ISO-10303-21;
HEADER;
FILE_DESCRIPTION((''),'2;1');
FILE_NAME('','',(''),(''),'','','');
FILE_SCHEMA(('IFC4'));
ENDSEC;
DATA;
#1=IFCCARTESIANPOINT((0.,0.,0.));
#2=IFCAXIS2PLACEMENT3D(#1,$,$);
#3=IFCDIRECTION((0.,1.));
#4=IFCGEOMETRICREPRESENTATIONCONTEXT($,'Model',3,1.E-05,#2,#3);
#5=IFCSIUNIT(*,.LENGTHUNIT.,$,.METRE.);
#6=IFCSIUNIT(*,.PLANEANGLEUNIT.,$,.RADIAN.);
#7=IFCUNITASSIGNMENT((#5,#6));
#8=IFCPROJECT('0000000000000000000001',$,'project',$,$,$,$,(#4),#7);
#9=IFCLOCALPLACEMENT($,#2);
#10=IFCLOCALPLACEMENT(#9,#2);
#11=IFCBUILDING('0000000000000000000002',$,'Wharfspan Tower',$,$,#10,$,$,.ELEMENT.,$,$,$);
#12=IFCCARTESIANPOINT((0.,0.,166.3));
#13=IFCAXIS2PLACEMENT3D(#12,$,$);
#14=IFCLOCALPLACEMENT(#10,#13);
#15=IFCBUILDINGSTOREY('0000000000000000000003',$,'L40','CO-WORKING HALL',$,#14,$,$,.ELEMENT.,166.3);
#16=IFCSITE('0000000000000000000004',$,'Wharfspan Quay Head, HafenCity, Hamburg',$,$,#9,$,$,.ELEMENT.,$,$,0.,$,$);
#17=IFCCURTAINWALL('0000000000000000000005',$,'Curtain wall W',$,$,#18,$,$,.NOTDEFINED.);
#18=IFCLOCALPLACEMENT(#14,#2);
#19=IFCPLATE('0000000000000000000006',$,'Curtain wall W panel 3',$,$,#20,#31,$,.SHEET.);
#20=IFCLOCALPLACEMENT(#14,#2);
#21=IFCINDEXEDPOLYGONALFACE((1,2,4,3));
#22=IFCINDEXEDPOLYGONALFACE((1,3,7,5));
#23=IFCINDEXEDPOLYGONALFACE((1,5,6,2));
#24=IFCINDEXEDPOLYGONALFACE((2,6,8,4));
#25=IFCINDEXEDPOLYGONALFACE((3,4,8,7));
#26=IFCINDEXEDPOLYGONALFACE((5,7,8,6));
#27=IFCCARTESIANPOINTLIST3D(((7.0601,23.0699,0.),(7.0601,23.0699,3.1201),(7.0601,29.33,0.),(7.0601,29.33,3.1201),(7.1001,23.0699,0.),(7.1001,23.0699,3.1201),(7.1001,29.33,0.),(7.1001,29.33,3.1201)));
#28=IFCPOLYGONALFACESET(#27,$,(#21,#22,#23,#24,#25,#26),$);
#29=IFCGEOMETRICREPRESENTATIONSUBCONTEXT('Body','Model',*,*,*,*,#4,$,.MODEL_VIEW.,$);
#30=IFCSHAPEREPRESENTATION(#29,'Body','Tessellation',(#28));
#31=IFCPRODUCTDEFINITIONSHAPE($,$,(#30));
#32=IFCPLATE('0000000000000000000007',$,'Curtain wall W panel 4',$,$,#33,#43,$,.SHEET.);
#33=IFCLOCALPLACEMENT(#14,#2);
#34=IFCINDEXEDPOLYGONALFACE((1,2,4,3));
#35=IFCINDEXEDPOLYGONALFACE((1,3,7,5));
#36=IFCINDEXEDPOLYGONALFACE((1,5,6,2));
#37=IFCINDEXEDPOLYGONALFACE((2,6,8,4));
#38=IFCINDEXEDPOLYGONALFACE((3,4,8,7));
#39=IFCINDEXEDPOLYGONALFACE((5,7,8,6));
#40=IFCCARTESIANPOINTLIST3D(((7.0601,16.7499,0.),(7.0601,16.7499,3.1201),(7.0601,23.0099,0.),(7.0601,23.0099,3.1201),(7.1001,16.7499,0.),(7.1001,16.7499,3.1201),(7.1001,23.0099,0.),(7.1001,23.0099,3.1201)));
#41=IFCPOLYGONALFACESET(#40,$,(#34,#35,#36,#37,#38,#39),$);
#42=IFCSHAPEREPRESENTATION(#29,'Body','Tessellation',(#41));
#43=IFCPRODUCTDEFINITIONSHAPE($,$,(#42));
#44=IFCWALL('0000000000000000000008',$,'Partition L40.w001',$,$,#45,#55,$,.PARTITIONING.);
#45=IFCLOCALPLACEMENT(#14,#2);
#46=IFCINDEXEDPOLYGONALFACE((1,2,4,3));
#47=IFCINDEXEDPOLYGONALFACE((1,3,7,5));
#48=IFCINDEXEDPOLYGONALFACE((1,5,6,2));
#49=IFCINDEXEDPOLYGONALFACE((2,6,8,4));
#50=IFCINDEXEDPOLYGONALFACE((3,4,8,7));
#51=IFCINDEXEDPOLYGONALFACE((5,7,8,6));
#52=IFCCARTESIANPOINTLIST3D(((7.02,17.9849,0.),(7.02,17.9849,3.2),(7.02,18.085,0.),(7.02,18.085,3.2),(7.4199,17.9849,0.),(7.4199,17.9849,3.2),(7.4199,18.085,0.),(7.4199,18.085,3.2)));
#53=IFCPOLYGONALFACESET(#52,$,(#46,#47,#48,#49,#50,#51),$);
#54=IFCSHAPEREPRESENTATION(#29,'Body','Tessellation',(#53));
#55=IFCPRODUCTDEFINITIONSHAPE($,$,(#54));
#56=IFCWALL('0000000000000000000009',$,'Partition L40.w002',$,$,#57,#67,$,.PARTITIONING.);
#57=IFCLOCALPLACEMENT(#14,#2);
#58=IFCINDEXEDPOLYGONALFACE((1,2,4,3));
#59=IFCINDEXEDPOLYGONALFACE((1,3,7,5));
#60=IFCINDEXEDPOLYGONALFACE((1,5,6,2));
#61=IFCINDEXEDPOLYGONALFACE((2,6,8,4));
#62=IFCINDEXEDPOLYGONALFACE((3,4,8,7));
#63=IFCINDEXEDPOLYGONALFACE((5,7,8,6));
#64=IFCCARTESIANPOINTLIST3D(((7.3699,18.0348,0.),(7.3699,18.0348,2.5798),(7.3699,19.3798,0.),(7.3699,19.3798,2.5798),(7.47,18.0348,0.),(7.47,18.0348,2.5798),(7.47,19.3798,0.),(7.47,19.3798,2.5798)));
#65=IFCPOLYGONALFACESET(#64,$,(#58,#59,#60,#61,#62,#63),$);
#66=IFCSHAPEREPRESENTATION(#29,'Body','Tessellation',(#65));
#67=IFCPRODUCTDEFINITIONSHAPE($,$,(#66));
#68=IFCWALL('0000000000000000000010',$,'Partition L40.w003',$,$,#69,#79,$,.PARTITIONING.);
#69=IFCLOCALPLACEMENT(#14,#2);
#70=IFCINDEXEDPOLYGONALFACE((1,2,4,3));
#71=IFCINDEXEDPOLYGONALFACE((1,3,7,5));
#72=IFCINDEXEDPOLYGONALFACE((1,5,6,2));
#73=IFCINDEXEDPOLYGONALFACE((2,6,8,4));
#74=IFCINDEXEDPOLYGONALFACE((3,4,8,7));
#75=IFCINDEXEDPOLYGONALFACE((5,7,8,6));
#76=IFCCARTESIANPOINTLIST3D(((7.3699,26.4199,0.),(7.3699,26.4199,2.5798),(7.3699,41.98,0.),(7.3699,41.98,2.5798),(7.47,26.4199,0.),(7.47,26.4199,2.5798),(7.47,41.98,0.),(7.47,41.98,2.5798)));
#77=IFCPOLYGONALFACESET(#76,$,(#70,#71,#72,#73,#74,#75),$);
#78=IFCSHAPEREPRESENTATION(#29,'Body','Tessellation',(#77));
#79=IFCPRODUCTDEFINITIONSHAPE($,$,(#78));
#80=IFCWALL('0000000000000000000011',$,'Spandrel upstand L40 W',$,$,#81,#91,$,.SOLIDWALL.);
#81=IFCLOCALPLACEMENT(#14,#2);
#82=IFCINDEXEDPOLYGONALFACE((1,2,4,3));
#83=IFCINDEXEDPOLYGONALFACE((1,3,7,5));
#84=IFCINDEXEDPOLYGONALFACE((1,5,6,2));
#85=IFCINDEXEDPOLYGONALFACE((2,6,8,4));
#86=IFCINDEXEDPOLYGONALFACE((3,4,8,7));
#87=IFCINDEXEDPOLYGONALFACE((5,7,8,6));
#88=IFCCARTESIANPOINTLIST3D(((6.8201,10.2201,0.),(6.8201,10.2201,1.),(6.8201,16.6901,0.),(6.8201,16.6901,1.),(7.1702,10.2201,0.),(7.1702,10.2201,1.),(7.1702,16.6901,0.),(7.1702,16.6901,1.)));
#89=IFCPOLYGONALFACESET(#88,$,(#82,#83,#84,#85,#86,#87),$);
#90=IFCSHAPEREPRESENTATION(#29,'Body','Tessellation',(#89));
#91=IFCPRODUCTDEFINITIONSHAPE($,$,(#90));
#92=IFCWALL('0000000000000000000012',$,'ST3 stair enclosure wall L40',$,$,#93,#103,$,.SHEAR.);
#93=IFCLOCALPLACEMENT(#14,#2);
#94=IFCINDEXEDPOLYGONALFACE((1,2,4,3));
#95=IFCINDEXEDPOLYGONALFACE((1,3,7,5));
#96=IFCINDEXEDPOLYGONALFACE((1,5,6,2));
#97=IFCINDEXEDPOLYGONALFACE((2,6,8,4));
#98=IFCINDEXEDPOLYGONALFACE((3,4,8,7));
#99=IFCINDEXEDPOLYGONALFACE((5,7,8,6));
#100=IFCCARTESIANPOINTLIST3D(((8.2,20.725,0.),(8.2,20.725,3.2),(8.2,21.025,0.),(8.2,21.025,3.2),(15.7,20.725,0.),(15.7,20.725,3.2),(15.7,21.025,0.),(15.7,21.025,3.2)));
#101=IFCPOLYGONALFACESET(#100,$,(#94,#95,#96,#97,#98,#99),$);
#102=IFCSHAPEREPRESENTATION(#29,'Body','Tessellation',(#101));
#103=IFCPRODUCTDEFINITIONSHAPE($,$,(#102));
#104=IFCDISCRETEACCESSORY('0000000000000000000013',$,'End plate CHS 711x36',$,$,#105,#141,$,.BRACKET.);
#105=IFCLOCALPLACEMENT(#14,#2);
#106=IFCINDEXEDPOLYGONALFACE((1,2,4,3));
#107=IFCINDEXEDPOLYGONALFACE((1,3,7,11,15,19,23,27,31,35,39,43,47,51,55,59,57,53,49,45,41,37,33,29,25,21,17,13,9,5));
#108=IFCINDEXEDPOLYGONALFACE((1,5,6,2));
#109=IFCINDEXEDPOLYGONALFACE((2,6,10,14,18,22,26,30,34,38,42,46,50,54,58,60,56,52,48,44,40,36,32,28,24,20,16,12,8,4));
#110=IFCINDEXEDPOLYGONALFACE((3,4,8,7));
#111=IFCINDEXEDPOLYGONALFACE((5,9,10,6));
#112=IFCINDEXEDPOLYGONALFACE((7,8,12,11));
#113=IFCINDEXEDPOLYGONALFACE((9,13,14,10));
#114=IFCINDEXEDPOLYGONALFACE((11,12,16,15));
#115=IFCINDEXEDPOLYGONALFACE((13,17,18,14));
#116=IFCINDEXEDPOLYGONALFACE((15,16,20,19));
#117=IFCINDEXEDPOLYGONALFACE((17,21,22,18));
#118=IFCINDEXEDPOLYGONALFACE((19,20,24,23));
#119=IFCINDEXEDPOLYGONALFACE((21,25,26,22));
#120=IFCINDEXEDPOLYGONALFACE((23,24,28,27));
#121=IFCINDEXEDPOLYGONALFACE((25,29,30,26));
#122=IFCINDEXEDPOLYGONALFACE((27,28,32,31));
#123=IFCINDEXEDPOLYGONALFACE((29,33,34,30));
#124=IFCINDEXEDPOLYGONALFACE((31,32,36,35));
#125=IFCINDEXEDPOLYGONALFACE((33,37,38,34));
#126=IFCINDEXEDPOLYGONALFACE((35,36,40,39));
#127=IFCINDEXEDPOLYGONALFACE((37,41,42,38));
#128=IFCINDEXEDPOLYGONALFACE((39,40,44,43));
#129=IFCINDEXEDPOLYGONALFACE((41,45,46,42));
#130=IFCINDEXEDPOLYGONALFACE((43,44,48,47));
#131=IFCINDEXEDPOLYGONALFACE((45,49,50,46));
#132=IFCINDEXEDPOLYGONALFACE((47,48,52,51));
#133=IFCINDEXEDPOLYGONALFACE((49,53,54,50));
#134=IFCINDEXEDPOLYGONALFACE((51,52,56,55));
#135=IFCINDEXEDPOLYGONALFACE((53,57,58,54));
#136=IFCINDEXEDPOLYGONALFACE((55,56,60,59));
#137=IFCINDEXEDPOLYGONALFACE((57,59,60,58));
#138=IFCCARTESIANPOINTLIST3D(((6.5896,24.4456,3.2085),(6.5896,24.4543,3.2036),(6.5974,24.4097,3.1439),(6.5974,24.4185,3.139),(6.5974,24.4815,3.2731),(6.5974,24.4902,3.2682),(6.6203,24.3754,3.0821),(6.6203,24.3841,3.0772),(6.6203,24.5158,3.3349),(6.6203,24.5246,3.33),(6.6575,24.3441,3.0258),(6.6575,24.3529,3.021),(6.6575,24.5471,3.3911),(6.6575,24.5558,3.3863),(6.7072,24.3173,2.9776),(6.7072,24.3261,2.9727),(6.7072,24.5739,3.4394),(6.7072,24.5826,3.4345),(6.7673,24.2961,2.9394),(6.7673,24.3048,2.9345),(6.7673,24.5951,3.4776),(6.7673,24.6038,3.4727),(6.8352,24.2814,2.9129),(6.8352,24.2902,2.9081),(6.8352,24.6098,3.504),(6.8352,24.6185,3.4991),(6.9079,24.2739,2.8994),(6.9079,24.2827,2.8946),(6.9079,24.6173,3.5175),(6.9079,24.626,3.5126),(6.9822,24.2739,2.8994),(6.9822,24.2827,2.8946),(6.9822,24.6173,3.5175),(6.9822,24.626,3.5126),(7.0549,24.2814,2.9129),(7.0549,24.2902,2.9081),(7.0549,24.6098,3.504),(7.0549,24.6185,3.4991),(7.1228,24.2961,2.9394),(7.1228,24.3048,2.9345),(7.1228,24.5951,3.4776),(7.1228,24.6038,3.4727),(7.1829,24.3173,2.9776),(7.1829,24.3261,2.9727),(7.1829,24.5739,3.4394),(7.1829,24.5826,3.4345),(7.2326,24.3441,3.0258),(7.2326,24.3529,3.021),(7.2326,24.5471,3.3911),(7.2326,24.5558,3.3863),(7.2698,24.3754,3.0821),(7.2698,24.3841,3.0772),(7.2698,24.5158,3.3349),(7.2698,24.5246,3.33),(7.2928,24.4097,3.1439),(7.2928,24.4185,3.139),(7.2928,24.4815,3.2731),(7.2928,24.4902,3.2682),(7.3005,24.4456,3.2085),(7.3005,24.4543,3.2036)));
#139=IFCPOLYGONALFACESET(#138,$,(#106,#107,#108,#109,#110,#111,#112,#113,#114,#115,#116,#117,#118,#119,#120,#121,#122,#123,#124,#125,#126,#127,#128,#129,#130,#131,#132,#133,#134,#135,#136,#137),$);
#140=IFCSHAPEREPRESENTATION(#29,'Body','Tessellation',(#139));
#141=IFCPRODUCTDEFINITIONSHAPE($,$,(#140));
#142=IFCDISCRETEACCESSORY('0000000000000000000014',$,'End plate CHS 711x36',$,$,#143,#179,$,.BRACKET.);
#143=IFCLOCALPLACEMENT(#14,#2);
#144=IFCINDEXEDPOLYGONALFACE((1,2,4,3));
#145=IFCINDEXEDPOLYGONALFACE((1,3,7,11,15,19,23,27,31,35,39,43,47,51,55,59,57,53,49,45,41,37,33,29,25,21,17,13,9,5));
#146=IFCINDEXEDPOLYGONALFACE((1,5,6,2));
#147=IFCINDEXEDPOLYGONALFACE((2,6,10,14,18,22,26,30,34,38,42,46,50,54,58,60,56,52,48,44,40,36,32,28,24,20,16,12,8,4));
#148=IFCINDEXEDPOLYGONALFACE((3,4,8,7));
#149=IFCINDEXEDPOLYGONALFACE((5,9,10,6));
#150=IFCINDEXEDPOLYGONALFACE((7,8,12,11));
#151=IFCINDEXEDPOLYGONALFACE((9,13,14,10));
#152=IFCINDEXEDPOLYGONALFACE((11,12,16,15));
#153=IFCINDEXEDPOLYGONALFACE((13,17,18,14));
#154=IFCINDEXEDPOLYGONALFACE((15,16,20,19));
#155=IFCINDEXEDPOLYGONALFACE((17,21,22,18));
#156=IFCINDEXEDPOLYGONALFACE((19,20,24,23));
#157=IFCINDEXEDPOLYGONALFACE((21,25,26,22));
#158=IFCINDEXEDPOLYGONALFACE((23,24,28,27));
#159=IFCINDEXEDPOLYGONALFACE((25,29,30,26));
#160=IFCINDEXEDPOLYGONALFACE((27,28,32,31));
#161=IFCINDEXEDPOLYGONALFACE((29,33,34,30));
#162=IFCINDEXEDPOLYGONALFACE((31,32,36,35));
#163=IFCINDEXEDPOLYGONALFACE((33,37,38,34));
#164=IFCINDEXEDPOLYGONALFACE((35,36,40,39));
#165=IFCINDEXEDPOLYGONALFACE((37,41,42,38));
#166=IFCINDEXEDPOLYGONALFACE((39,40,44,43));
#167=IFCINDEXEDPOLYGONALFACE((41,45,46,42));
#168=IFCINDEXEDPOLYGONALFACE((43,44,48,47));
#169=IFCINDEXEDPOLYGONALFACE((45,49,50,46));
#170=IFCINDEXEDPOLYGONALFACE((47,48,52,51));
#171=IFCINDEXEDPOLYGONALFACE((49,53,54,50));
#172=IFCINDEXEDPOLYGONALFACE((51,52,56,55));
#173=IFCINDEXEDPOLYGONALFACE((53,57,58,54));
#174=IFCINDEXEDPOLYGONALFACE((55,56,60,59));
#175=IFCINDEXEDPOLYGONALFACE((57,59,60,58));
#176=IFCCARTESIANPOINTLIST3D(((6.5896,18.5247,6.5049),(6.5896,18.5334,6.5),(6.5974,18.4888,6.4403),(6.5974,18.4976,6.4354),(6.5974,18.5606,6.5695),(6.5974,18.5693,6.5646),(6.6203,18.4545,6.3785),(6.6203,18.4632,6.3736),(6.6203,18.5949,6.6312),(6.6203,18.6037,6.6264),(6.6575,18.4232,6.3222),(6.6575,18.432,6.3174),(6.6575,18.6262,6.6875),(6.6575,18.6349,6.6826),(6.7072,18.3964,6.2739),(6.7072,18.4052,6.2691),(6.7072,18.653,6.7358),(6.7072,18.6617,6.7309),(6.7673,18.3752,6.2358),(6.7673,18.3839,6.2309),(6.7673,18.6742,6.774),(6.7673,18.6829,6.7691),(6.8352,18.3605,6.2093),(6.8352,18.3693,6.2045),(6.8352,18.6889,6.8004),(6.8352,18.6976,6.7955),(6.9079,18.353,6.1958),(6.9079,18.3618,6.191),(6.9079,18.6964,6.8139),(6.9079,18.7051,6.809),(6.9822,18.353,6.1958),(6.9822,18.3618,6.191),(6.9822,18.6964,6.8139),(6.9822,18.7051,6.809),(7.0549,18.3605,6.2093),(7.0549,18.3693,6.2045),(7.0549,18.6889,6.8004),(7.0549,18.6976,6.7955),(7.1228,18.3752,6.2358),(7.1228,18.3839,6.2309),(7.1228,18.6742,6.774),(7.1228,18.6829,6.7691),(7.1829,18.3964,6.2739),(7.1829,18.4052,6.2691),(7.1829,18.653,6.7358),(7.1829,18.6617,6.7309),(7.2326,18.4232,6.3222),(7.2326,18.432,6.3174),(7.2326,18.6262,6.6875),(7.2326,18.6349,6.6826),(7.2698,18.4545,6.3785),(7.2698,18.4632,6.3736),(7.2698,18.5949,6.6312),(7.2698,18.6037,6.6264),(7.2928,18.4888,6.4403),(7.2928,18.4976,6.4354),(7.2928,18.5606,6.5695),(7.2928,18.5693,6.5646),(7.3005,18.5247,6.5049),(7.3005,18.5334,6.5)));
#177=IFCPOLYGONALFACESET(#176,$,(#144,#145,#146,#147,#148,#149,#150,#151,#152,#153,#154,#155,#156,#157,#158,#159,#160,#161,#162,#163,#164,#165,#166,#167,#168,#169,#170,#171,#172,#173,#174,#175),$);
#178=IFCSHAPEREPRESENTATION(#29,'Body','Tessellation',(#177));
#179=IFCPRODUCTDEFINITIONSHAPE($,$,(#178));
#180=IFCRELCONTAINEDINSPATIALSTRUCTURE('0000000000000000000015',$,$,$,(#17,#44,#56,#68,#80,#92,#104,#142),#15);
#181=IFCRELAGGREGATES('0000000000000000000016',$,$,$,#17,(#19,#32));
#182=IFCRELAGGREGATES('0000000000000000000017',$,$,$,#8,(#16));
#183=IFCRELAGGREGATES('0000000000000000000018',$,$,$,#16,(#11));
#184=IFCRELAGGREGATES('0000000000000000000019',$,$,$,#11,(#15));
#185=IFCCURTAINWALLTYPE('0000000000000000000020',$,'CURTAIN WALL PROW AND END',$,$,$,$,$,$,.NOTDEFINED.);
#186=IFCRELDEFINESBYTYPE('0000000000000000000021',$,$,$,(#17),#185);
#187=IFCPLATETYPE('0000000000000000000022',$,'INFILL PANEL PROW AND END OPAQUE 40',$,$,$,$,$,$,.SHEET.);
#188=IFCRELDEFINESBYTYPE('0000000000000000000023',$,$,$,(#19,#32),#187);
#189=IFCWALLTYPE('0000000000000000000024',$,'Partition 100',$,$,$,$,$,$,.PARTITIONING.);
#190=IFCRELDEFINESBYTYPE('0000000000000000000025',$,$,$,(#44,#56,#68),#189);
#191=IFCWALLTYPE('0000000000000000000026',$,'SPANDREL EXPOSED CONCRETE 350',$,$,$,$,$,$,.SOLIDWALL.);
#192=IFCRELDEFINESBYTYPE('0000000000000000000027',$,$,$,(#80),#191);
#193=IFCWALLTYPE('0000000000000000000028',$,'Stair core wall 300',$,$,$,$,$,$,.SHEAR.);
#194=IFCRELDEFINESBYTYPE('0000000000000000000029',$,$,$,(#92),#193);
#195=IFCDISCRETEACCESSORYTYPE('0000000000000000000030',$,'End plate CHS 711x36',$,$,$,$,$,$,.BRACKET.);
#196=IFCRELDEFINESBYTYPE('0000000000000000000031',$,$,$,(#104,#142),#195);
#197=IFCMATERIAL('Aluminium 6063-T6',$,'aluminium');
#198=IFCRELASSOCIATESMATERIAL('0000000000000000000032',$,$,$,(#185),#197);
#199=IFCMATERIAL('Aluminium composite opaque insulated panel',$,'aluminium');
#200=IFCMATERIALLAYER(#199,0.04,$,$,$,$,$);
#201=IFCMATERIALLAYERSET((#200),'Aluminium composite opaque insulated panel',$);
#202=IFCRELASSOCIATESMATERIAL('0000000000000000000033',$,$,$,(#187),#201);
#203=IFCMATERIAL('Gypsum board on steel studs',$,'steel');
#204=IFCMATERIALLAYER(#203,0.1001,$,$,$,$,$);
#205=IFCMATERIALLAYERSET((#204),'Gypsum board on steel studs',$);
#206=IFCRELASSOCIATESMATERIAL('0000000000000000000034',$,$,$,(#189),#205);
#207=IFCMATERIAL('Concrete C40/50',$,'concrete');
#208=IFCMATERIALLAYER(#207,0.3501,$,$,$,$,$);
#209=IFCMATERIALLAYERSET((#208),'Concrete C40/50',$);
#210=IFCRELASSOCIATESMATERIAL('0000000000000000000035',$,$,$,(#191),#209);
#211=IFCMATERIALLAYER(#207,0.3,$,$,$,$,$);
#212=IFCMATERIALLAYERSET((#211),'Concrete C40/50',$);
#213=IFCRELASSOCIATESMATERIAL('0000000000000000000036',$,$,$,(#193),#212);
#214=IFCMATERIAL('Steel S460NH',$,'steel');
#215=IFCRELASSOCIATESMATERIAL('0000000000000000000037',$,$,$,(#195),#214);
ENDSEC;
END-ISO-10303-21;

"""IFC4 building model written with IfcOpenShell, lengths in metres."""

from ifc_helpers import new_model, si_unit, direction, frame, frame_2d, origin, origin_2d, place, context, subcontext, project, spatial, rectangle, circle, extrude, material, layer, layer_set, material_profile, profile_set, type_object, element, aggregate, save


model = new_model("IFC4")

# Units and contexts
model_context = context("Model", 3, precision=1e-05, world=origin(), true_north=direction((0.0, 1.0)))
body_context = subcontext(model_context, "Body", "Model", "MODEL_VIEW")
ifc_project = project(units=[si_unit("LENGTHUNIT", "METRE"), si_unit("PLANEANGLEUNIT", "RADIAN")], contexts=[model_context])

# Site, building, storey
site_placement = place(None, origin())
site = spatial("IfcSite", under=ifc_project, at=site_placement, Name="Wharfspan Quay Head, HafenCity, Hamburg", CompositionType="ELEMENT", RefElevation=0.0)
building_placement = place(site_placement, origin())
building = spatial("IfcBuilding", under=site, at=building_placement, Name="Wharfspan Tower", CompositionType="ELEMENT")
storey_placement = place(building_placement, frame((0.0, 0.0, 166.3)))
storey = spatial("IfcBuildingStorey", under=building, at=storey_placement, Name="L40", Description="CO-WORKING HALL", CompositionType="ELEMENT", Elevation=166.3)

# Curtain wall
ifc_material_1 = material(Name="Aluminium 6063-T6", Category="aluminium")
curtain_wall_type = type_object("IfcCurtainWallType", Name="CURTAIN WALL PROW AND END", PredefinedType="NOTDEFINED", material=ifc_material_1)
curtain_wall_placement = place(storey_placement, origin())
curtain_wall = element("IfcCurtainWall", 1, at=curtain_wall_placement, inside=storey, type_object=curtain_wall_type, Name="Curtain wall W", PredefinedType="NOTDEFINED")

# Shared definitions
ifc_material_2 = material(Name="Steel S460NH", Category="steel")

# Plates
ifc_material_3 = material(Name="Aluminium composite opaque insulated panel", Category="aluminium")
ifc_layer_1 = layer(ifc_material_3, 0.04)
ifc_layer_set_1 = layer_set([ifc_layer_1], Name="Aluminium composite opaque insulated panel")
plate_type = type_object("IfcPlateType", Name="INFILL PANEL PROW AND END OPAQUE 40", PredefinedType="SHEET", material=ifc_layer_set_1)
plate_1_placement = place(storey_placement, frame((7.0801, 26.2, 0.0), z_axis=(0.0, 0.0, 1.0), x_axis=(0.0, -1.0, 0.0)))
plate_1 = element("IfcPlate", 2, at=plate_1_placement, type_object=plate_type, Name="Curtain wall W panel 3", PredefinedType="SHEET", context=body_context, shape_type="SweptSolid", body=[
    extrude(rectangle(XDim=6.26, YDim=0.04, at=origin_2d()), origin(), (0.0, 0.0, 1.0), 3.1201),
])
plate_2_placement = place(storey_placement, frame((7.0801, 19.8799, 0.0), z_axis=(0.0, 0.0, 1.0), x_axis=(0.0, -1.0, 0.0)))
plate_2 = element("IfcPlate", 3, at=plate_2_placement, type_object=plate_type, Name="Curtain wall W panel 4", PredefinedType="SHEET", context=body_context, shape_type="SweptSolid", body=[
    extrude(rectangle(XDim=6.26, YDim=0.04, at=origin_2d()), origin(), (0.0, 0.0, 1.0), 3.1201),
])
aggregate(curtain_wall, [plate_1, plate_2])

# Walls
ifc_material_4 = material(Name="Gypsum board on steel studs", Category="steel")
ifc_layer_2 = layer(ifc_material_4, 0.1001)
ifc_layer_set_2 = layer_set([ifc_layer_2], Name="Gypsum board on steel studs")
wall_type_1 = type_object("IfcWallType", Name="Partition 100", PredefinedType="PARTITIONING", material=ifc_layer_set_2)
wall_1_placement = place(storey_placement, frame((7.02, 18.0349, 0.0), z_axis=(0.0, 0.0, 1.0), x_axis=(1.0, 0.0, 0.0)))
element("IfcWall", 4, at=wall_1_placement, inside=storey, type_object=wall_type_1, Name="Partition L40.w001", PredefinedType="PARTITIONING", context=body_context, shape_type="SweptSolid", body=[
    extrude(rectangle(XDim=0.3999, YDim=0.1001, at=frame_2d((0.2, 0.0))), origin(), (0.0, 0.0, 1.0), 3.2),
])
wall_2_placement = place(storey_placement, frame((7.4199, 18.0349, 0.0), z_axis=(0.0, 0.0, 1.0), x_axis=(0.0, 1.0, 0.0)))
element("IfcWall", 5, at=wall_2_placement, inside=storey, type_object=wall_type_1, Name="Partition L40.w002", PredefinedType="PARTITIONING", context=body_context, shape_type="SweptSolid", body=[
    extrude(rectangle(XDim=1.345, YDim=0.1001, at=frame_2d((0.6724, 0.0))), origin(), (0.0, 0.0, 1.0), 2.5798),
])
wall_3_placement = place(storey_placement, frame((7.4199, 26.4199, 0.0), z_axis=(0.0, 0.0, 1.0), x_axis=(0.0, 1.0, 0.0)))
element("IfcWall", 6, at=wall_3_placement, inside=storey, type_object=wall_type_1, Name="Partition L40.w003", PredefinedType="PARTITIONING", context=body_context, shape_type="SweptSolid", body=[
    extrude(rectangle(XDim=15.5601, YDim=0.1001, at=frame_2d((7.78, 0.0))), origin(), (0.0, 0.0, 1.0), 2.5798),
])
ifc_material_5 = material(Name="Concrete C40/50", Category="concrete")
ifc_layer_3 = layer(ifc_material_5, 0.3501)
ifc_layer_set_3 = layer_set([ifc_layer_3], Name="Concrete C40/50")
wall_type_2 = type_object("IfcWallType", Name="SPANDREL EXPOSED CONCRETE 350", PredefinedType="SOLIDWALL", material=ifc_layer_set_3)
wall_4_placement = place(storey_placement, frame((6.9951, 16.6899, 0.0), z_axis=(0.0, 0.0, 1.0), x_axis=(0.0, -1.0, 0.0)))
element("IfcWall", 7, at=wall_4_placement, inside=storey, type_object=wall_type_2, Name="Spandrel upstand L40 W", PredefinedType="SOLIDWALL", context=body_context, shape_type="SweptSolid", body=[
    extrude(rectangle(XDim=6.47, YDim=0.3501, at=frame_2d((3.2349, 0.0))), origin(), (0.0, 0.0, 1.0), 1.0),
])
ifc_layer_4 = layer(ifc_material_5, 0.3)
ifc_layer_set_4 = layer_set([ifc_layer_4], Name="Concrete C40/50")
wall_type_3 = type_object("IfcWallType", Name="Stair core wall 300", PredefinedType="SHEAR", material=ifc_layer_set_4)
wall_5_placement = place(storey_placement, frame((8.2, 20.875, 0.0), z_axis=(0.0, 0.0, 1.0), x_axis=(1.0, 0.0, 0.0)))
element("IfcWall", 8, at=wall_5_placement, inside=storey, type_object=wall_type_3, Name="ST3 stair enclosure wall L40", PredefinedType="SHEAR", context=body_context, shape_type="SweptSolid", body=[
    extrude(rectangle(XDim=7.5, YDim=0.3, at=frame_2d((3.75, 0.0))), origin(), (0.0, 0.0, 1.0), 3.2),
])

# Discrete accessories
ifc_material_profile_1 = material_profile(ifc_material_2, circle(Radius=0.3555, at=origin_2d()))
ifc_profile_set_1 = profile_set([ifc_material_profile_1], Name="Steel S460NH")
discrete_accessory_type = type_object("IfcDiscreteAccessoryType", Name="End plate CHS 711x36", PredefinedType="BRACKET", material=ifc_profile_set_1)
for number, where, z_axis, x_axis, name in (
    (9, (6.9451, 24.4543, 3.2036), (0.0, -0.874157, 0.485643), (1.0, 0.0, 0.0), "End plate CHS 711x36"),
    (10, (6.9451, 18.5334, 6.5), (0.0, -0.874157, 0.485643), (1.0, 0.0, 0.0), "End plate CHS 711x36"),
):
    element("IfcDiscreteAccessory", number, at=place(storey_placement, frame(where, z_axis=z_axis, x_axis=x_axis)), inside=storey, type_object=discrete_accessory_type, Name=name, PredefinedType="BRACKET", context=body_context, shape_type="SweptSolid", body=[
        extrude(circle(Radius=0.3555, at=origin_2d()), origin(), (0.0, 0.0, 1.0), 0.01),
    ])

save(model, "model.ifc")
